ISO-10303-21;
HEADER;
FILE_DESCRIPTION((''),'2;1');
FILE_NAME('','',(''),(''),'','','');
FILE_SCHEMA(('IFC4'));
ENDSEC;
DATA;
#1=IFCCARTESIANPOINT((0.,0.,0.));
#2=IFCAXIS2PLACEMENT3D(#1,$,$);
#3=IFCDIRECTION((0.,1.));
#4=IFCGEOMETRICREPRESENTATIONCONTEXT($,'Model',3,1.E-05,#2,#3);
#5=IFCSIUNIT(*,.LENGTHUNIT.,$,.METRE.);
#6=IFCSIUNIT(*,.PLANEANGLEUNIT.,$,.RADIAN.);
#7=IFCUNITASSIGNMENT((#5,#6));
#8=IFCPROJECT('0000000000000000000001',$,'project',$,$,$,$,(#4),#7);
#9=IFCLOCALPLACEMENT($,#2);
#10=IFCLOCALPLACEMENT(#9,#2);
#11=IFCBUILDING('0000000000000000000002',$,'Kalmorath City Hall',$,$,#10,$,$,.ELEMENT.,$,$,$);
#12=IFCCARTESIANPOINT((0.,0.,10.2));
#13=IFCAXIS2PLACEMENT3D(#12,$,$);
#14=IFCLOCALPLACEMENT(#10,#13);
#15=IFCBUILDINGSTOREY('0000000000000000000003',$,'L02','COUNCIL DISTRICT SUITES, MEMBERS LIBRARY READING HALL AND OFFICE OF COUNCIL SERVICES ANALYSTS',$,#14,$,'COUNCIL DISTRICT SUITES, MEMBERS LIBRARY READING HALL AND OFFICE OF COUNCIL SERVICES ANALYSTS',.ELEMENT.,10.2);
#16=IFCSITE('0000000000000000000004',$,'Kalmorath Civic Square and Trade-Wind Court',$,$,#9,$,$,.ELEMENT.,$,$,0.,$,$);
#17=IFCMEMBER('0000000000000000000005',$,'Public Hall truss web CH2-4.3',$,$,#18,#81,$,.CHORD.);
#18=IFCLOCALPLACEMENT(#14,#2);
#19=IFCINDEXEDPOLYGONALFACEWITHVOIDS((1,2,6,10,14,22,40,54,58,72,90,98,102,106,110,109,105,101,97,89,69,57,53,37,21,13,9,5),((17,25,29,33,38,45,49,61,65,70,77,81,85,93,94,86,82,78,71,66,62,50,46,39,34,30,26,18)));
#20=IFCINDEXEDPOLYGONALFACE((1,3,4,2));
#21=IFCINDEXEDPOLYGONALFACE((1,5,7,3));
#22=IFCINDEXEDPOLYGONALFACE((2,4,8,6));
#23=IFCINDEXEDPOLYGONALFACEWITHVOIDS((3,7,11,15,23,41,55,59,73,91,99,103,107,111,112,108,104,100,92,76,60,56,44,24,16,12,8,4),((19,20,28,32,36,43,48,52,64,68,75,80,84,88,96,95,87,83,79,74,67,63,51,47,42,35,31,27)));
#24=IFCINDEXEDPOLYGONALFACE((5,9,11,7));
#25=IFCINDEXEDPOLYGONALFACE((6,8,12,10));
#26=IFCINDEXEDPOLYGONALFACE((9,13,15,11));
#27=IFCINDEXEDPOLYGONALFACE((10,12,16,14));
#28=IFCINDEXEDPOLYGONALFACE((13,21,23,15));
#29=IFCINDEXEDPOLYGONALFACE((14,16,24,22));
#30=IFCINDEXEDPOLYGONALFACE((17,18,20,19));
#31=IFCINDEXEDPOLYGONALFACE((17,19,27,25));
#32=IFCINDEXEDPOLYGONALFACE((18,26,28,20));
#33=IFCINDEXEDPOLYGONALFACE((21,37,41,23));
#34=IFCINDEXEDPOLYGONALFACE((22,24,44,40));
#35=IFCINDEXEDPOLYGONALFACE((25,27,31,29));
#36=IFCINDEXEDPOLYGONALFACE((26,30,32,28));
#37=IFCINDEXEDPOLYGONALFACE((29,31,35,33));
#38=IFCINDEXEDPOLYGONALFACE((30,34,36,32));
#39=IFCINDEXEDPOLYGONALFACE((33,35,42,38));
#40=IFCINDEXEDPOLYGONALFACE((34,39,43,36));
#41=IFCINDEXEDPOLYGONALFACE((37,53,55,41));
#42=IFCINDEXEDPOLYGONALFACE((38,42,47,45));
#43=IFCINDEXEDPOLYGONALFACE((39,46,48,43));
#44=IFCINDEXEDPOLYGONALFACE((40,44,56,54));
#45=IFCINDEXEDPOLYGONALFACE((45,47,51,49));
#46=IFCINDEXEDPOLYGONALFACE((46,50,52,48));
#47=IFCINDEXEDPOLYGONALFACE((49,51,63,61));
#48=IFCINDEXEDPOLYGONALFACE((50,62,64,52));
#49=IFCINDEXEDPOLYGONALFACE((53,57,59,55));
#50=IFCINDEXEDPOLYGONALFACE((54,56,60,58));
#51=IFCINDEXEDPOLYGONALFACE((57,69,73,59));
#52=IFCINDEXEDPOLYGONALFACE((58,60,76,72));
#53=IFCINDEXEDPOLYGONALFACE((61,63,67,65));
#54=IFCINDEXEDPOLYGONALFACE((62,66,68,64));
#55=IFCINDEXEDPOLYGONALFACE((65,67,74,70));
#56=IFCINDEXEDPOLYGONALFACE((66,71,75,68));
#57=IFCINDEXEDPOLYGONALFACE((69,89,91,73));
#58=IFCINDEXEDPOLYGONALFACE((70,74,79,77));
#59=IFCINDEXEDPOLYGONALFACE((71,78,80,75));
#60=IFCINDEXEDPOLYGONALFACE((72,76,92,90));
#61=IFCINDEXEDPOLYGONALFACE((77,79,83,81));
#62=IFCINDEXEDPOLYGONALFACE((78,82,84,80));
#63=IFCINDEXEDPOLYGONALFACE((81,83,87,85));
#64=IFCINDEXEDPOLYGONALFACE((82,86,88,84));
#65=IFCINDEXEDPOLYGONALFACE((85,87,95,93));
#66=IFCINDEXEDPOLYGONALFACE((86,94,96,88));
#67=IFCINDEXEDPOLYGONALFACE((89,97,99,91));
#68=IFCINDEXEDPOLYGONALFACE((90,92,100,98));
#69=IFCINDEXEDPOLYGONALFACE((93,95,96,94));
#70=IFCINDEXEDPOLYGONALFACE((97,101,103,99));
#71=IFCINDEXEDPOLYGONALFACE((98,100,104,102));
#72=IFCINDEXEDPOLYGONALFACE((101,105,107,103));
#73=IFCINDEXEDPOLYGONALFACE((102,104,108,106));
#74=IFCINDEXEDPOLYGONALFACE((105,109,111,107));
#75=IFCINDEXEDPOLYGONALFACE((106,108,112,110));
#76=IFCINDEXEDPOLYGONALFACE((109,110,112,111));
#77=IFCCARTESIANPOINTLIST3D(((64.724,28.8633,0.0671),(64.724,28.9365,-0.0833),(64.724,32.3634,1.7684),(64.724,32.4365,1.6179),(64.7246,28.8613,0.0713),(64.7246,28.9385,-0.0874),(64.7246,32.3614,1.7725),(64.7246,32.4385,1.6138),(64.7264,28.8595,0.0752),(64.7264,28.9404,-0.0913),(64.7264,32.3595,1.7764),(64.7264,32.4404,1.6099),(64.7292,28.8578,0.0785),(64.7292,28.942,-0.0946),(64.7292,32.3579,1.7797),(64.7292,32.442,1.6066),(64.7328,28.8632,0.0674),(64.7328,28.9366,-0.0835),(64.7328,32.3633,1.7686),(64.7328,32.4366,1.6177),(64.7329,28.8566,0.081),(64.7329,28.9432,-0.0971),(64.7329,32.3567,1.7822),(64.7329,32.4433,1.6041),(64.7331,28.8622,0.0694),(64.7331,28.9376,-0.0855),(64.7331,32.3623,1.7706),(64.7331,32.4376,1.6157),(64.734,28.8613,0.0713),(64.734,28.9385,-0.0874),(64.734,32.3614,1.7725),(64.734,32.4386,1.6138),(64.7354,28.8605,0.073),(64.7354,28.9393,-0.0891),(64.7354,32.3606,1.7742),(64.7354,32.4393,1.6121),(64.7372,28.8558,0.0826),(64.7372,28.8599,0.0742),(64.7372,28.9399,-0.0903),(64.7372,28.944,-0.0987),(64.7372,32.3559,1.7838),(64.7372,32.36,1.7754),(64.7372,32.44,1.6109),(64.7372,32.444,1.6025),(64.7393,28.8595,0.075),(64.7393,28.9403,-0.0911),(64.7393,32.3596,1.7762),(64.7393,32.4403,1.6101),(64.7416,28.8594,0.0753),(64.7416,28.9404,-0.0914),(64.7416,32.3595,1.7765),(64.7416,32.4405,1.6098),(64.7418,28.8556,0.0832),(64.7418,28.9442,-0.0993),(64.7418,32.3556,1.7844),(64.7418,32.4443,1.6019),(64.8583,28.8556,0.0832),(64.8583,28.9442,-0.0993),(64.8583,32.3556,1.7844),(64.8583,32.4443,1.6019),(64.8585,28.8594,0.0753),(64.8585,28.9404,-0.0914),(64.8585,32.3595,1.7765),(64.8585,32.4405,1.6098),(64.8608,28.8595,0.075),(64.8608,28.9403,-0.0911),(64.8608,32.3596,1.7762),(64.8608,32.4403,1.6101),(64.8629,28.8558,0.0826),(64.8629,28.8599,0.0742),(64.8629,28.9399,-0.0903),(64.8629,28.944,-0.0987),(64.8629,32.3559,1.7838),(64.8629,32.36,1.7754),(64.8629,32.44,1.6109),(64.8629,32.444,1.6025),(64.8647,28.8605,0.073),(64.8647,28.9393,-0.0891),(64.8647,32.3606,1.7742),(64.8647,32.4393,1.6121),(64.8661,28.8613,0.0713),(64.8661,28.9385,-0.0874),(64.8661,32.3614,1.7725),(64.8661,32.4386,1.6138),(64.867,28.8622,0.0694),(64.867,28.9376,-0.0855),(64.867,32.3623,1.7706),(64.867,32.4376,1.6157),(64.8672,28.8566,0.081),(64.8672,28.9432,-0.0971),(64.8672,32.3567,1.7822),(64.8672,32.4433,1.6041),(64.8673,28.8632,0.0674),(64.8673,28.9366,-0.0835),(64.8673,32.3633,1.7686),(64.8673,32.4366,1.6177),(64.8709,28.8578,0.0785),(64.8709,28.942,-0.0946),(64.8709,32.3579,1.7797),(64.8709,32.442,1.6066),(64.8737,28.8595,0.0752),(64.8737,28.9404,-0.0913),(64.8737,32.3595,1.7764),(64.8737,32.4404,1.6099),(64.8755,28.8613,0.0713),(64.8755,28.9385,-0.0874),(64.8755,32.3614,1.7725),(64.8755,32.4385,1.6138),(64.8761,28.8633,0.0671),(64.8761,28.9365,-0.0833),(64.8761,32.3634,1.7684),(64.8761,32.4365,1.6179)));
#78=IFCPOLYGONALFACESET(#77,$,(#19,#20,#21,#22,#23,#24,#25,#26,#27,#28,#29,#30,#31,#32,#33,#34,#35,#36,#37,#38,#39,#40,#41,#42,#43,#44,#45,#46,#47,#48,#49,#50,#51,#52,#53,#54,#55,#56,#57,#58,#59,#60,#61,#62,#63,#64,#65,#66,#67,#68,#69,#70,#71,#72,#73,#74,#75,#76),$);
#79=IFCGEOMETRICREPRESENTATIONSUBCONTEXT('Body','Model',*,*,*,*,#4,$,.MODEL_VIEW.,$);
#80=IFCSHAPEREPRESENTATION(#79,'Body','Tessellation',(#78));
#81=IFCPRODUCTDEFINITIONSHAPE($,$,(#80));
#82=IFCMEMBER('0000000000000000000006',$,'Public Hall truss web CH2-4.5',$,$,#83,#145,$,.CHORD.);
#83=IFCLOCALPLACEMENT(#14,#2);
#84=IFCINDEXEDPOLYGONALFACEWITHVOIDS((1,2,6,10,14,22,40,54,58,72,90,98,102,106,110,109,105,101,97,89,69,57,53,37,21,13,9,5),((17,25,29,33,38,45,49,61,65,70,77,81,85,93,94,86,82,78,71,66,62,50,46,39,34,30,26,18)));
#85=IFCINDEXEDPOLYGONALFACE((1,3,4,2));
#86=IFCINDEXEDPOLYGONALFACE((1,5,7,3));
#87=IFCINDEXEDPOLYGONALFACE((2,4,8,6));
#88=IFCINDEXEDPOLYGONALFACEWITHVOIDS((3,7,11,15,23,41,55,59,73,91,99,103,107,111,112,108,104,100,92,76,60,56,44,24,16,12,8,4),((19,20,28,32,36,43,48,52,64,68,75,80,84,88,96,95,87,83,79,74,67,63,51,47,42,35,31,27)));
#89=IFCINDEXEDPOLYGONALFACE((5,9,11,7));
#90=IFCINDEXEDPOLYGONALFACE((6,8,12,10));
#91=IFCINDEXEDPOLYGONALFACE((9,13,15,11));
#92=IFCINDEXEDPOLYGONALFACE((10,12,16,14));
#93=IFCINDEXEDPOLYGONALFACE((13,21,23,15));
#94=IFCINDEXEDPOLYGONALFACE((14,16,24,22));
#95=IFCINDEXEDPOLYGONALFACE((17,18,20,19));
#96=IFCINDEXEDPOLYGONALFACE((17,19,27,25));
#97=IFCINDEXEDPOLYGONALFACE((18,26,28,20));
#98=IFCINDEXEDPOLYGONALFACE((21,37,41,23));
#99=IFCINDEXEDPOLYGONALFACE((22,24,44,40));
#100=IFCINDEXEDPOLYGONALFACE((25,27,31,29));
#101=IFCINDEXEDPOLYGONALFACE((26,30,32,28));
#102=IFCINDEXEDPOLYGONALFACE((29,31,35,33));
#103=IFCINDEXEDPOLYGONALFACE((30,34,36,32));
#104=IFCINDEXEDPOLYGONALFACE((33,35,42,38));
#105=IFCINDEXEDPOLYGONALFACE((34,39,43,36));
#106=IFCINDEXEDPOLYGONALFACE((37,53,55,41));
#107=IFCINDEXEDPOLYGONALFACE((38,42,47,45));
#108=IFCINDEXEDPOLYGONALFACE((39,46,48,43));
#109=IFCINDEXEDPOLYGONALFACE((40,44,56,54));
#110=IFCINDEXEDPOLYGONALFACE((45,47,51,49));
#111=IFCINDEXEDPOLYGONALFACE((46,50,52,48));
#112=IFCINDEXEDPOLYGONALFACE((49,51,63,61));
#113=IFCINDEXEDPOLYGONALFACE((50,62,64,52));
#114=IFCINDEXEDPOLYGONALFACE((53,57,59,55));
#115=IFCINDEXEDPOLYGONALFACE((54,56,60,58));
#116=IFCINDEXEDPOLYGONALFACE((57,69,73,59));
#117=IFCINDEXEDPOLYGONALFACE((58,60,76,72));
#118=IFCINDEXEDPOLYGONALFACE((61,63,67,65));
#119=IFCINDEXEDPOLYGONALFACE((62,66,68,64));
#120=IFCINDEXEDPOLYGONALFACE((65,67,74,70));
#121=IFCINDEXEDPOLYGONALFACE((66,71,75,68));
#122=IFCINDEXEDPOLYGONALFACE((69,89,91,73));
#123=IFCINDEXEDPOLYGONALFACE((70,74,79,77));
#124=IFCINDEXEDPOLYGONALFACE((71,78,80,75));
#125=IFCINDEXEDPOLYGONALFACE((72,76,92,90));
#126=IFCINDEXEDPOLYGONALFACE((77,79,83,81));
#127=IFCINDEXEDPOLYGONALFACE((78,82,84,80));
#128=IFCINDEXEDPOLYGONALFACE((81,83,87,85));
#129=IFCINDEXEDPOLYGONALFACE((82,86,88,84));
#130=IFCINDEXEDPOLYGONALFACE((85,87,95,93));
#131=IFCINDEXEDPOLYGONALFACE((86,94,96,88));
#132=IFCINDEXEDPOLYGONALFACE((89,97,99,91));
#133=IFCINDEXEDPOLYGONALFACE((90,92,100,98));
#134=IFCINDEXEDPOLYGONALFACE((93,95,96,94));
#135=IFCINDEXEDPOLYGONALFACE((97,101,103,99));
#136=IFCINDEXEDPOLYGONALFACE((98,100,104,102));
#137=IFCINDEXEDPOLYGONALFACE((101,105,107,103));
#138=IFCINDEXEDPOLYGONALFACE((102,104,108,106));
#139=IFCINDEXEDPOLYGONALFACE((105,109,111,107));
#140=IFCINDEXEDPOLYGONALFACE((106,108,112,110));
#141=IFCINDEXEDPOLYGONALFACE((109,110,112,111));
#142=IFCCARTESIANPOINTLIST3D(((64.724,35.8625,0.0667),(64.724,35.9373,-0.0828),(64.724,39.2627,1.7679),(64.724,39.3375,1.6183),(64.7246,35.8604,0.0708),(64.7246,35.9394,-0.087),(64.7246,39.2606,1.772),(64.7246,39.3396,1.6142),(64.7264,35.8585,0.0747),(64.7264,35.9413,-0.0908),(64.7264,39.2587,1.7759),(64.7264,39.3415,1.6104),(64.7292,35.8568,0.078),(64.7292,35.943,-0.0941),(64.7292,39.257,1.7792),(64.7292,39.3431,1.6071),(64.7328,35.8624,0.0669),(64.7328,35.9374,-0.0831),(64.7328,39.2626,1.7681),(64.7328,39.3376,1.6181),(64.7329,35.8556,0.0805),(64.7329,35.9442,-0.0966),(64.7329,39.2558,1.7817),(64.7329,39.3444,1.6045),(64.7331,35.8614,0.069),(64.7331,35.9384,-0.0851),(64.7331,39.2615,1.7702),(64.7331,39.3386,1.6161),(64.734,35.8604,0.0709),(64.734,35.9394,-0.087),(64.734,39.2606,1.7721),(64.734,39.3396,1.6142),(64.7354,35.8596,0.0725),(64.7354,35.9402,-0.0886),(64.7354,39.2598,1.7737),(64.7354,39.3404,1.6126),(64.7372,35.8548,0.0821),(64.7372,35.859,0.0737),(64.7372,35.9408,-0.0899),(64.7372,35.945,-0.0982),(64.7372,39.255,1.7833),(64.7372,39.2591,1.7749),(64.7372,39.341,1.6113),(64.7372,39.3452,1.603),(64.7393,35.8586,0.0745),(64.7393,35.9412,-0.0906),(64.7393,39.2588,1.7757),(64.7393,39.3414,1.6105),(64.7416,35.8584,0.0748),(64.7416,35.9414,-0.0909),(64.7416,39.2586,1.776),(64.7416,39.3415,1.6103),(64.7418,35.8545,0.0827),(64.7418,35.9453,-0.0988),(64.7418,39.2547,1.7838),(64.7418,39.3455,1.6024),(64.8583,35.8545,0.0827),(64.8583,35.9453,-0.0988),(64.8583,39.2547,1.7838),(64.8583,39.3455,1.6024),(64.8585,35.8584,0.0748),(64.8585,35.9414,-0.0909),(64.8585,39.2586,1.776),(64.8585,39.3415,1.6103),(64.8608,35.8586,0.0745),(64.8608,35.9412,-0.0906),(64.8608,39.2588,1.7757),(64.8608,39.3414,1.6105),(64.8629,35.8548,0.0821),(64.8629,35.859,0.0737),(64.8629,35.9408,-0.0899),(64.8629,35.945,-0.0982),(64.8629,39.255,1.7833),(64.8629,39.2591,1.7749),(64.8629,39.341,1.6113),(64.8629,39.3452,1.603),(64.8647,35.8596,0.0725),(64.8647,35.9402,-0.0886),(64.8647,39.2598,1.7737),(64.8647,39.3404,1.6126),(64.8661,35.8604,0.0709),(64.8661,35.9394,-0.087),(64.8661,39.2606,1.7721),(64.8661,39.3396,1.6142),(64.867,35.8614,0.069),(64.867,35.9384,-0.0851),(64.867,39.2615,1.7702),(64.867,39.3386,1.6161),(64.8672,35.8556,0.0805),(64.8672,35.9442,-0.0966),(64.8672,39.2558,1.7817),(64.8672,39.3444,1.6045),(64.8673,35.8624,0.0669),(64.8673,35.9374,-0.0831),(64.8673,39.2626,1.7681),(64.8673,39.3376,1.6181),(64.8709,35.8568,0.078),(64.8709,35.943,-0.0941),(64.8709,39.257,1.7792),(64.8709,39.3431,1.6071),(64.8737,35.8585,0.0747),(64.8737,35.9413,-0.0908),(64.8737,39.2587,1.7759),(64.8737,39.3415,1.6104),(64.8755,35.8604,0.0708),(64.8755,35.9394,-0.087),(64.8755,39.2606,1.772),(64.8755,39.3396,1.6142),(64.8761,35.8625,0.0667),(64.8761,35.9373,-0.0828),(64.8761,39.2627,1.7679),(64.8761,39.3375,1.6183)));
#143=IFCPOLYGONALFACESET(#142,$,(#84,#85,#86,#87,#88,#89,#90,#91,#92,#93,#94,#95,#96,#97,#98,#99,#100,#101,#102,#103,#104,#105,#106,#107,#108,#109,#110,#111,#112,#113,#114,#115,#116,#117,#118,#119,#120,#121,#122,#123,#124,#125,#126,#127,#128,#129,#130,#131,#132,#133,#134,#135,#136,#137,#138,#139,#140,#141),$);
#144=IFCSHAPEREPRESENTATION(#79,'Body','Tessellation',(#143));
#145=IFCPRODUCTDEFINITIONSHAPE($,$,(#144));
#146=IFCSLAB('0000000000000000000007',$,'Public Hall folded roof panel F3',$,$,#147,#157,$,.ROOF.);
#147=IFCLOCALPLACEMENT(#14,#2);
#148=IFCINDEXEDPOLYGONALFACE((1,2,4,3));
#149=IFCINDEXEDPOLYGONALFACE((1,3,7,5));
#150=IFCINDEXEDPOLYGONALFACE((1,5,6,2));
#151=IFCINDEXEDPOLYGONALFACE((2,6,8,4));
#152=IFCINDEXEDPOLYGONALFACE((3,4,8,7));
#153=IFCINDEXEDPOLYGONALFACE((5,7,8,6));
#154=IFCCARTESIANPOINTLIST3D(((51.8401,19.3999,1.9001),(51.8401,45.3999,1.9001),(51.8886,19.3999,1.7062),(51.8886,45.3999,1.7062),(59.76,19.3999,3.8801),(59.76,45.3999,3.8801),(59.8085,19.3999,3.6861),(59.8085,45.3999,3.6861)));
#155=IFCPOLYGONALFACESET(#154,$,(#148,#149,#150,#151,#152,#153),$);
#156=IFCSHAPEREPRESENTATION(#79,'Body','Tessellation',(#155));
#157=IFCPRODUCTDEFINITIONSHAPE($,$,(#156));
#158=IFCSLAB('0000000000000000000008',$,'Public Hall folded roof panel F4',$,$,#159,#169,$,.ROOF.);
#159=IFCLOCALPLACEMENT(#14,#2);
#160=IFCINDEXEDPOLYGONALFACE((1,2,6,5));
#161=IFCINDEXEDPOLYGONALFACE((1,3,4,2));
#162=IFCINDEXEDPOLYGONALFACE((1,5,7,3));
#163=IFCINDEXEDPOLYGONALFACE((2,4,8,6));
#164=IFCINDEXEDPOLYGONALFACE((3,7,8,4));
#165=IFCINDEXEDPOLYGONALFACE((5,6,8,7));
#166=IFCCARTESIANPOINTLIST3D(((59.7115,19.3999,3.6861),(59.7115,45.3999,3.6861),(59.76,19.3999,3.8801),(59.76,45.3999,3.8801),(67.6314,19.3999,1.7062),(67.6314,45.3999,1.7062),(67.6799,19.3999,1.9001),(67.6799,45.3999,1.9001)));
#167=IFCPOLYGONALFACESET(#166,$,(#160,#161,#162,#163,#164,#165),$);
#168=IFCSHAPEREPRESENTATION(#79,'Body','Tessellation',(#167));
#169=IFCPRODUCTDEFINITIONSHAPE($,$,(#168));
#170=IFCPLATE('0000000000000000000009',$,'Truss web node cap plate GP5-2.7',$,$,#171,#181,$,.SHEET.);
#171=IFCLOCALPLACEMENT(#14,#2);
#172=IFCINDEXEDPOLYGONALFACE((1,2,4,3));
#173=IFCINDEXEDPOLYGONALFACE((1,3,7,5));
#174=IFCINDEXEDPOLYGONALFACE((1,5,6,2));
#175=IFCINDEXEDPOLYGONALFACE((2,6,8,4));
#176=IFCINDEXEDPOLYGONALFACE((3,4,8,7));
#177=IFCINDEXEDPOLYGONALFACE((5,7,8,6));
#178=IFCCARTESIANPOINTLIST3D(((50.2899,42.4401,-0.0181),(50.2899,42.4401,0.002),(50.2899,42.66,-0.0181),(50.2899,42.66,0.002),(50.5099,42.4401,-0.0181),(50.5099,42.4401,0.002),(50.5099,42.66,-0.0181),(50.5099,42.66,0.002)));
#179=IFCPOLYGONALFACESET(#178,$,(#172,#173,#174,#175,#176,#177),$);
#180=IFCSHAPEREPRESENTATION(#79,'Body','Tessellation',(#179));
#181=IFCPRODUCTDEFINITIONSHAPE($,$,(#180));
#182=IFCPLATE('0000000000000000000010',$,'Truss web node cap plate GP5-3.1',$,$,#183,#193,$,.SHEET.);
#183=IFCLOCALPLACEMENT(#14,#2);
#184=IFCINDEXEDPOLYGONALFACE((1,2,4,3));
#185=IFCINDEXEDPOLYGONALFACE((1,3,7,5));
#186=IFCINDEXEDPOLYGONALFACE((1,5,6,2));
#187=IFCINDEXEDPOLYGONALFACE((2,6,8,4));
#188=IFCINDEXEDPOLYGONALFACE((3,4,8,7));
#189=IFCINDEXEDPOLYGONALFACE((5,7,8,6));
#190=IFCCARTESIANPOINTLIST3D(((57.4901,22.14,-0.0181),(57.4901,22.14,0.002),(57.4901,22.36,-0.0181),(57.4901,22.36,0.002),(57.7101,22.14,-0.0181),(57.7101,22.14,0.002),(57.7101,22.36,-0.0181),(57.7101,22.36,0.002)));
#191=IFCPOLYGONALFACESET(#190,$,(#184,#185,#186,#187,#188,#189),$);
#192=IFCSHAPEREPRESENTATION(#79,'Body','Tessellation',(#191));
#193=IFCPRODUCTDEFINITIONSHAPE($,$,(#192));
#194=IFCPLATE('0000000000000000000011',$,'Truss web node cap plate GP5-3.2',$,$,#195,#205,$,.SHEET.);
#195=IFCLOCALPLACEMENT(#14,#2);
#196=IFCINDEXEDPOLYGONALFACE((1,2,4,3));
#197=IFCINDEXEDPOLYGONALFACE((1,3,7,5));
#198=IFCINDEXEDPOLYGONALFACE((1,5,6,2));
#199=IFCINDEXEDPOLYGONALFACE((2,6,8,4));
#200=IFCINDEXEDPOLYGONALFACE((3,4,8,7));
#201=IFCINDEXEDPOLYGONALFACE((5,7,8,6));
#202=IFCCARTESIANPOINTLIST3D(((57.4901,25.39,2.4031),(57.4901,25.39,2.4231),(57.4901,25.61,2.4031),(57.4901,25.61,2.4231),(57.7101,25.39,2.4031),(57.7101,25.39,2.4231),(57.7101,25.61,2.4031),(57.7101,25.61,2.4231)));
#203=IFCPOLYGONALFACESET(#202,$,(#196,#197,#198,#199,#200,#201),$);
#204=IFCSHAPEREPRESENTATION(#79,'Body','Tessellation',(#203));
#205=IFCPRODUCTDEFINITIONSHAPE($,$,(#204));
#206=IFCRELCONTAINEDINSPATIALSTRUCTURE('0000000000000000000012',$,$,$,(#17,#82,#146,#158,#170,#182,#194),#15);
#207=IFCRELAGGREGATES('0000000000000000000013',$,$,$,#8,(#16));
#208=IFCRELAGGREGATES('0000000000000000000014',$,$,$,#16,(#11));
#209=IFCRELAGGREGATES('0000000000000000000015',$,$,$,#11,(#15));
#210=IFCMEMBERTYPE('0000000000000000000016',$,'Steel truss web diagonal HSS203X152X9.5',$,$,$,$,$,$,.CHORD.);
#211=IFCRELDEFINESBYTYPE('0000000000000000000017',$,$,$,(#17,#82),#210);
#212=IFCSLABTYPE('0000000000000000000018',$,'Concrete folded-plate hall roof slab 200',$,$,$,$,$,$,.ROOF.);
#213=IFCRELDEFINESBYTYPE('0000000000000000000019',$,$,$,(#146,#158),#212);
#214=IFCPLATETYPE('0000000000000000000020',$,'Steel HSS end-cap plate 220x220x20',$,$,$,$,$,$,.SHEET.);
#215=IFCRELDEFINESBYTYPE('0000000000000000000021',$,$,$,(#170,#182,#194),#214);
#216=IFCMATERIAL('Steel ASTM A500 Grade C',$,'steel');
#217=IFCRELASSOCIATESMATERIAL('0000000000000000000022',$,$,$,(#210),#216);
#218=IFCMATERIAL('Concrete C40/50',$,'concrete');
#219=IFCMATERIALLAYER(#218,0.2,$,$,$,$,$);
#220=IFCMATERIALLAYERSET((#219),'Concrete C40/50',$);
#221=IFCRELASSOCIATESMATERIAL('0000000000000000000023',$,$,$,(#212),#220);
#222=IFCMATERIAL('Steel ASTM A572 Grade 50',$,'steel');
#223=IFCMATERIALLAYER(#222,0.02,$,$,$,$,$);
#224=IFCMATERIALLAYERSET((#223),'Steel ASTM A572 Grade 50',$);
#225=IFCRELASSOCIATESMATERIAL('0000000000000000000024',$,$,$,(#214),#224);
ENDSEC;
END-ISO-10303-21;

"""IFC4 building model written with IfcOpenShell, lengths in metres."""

from ifc_helpers import new_model, si_unit, direction, frame, origin, origin_2d, place, context, subcontext, project, spatial, polyline, rectangle, hollow_rectangle, outline, extrude, material, layer, layer_set, material_profile, profile_set, type_object, element, save


model = new_model("IFC4")

# Units and contexts
model_context = context("Model", 3, precision=1e-05, world=origin(), true_north=direction((0.0, 1.0)))
body_context = subcontext(model_context, "Body", "Model", "MODEL_VIEW")
ifc_project = project(units=[si_unit("LENGTHUNIT", "METRE"), si_unit("PLANEANGLEUNIT", "RADIAN")], contexts=[model_context])

# Site, building, storey
site_placement = place(None, origin())
site = spatial("IfcSite", under=ifc_project, at=site_placement, Name="Kalmorath Civic Square and Trade-Wind Court", CompositionType="ELEMENT", RefElevation=0.0)
building_placement = place(site_placement, origin())
building = spatial("IfcBuilding", under=site, at=building_placement, Name="Kalmorath City Hall", CompositionType="ELEMENT")
storey_placement = place(building_placement, frame((0.0, 0.0, 10.2)))
storey = spatial("IfcBuildingStorey", under=building, at=storey_placement, Name="L02", Description="COUNCIL DISTRICT SUITES, MEMBERS LIBRARY READING HALL AND OFFICE OF COUNCIL SERVICES ANALYSTS", LongName="COUNCIL DISTRICT SUITES, MEMBERS LIBRARY READING HALL AND OFFICE OF COUNCIL SERVICES ANALYSTS", CompositionType="ELEMENT", Elevation=10.2)

# Members
ifc_material_1 = material(Name="Steel ASTM A500 Grade C", Category="steel")
ifc_material_profile_1 = material_profile(ifc_material_1, hollow_rectangle(XDim=0.1521, YDim=0.2029, WallThickness=0.0088, InnerFilletRadius=0.0088, OuterFilletRadius=0.0178, at=origin_2d()), Name="HSS203X152X9.5")
ifc_profile_set_1 = profile_set([ifc_material_profile_1], Name="Steel ASTM A500 Grade C")
member_type_1 = type_object("IfcMemberType", Name="Steel truss web diagonal HSS203X152X9.5", PredefinedType="CHORD", material=ifc_profile_set_1)
member_1_placement = place(storey_placement, frame((64.8, 28.8999, -0.0081), z_axis=(0.0, 0.89939, 0.437148), x_axis=(-1.0, 0.0, 0.0)))
element("IfcMember", 1, at=member_1_placement, inside=storey, type_object=member_type_1, Name="Public Hall truss web CH2-4.3", PredefinedType="CHORD", context=body_context, shape_type="SweptSolid", body=[
    extrude(hollow_rectangle(XDim=0.1521, YDim=0.2029, WallThickness=0.0088, InnerFilletRadius=0.0088, OuterFilletRadius=0.0178, at=origin_2d()), origin(), (0.0, 0.0, 1.0), 3.8916),
])
member_2_placement = place(storey_placement, frame((64.8, 35.8999, -0.0081), z_axis=(0.0, 0.894312, 0.447445), x_axis=(-1.0, 0.0, 0.0)))
element("IfcMember", 2, at=member_2_placement, inside=storey, type_object=member_type_1, Name="Public Hall truss web CH2-4.5", PredefinedType="CHORD", context=body_context, shape_type="SweptSolid", body=[
    extrude(hollow_rectangle(XDim=0.1521, YDim=0.2029, WallThickness=0.0088, InnerFilletRadius=0.0088, OuterFilletRadius=0.0178, at=origin_2d()), origin(), (0.0, 0.0, 1.0), 3.802),
])

# Slabs
ifc_material_2 = material(Name="Concrete C40/50", Category="concrete")
ifc_layer_1 = layer(ifc_material_2, 0.2)
ifc_layer_set_1 = layer_set([ifc_layer_1], Name="Concrete C40/50")
slab_type = type_object("IfcSlabType", Name="Concrete folded-plate hall roof slab 200", PredefinedType="ROOF", material=ifc_layer_set_1)
for number, where, z_axis, x_axis, name in (
    (3, (51.8401, 19.3999, 1.9001), (-0.242536, 0.0, 0.970143), (0.970143, 0.0, 0.242536), "Public Hall folded roof panel F3"),
    (4, (59.76, 19.3999, 3.8801), (0.242536, 0.0, 0.970143), (0.970143, 0.0, -0.242536), "Public Hall folded roof panel F4"),
):
    element("IfcSlab", number, at=place(storey_placement, frame(where, z_axis=z_axis, x_axis=x_axis)), inside=storey, type_object=slab_type, Name=name, PredefinedType="ROOF", context=body_context, shape_type="SweptSolid", body=[
        extrude(outline(polyline([(0.0, 0.0), (8.1637, 0.0), (8.1637, 26.0), (0.0, 26.0), (0.0, 0.0)])), origin(), (0.0, 0.0, -1.0), 0.2),
    ])

# Plates
ifc_material_3 = material(Name="Steel ASTM A572 Grade 50", Category="steel")
ifc_layer_2 = layer(ifc_material_3, 0.02)
ifc_layer_set_2 = layer_set([ifc_layer_2], Name="Steel ASTM A572 Grade 50")
plate_type = type_object("IfcPlateType", Name="Steel HSS end-cap plate 220x220x20", PredefinedType="SHEET", material=ifc_layer_set_2)
for number, where, z_axis, x_axis, name in (
    (5, (50.3999, 42.55, -0.0181), (0.0, 0.0, 1.0), (1.0, 0.0, 0.0), "Truss web node cap plate GP5-2.7"),
    (6, (57.6001, 22.25, -0.0181), (0.0, 0.0, 1.0), (1.0, 0.0, 0.0), "Truss web node cap plate GP5-3.1"),
    (7, (57.6001, 25.5, 2.4031), (0.0, 0.0, 1.0), (1.0, 0.0, 0.0), "Truss web node cap plate GP5-3.2"),
):
    element("IfcPlate", number, at=place(storey_placement, frame(where, z_axis=z_axis, x_axis=x_axis)), inside=storey, type_object=plate_type, Name=name, PredefinedType="SHEET", context=body_context, shape_type="SweptSolid", body=[
        extrude(rectangle(XDim=0.22, YDim=0.22, at=origin_2d()), origin(), (0.0, 0.0, 1.0), 0.02),
    ])

save(model, "model.ifc")
